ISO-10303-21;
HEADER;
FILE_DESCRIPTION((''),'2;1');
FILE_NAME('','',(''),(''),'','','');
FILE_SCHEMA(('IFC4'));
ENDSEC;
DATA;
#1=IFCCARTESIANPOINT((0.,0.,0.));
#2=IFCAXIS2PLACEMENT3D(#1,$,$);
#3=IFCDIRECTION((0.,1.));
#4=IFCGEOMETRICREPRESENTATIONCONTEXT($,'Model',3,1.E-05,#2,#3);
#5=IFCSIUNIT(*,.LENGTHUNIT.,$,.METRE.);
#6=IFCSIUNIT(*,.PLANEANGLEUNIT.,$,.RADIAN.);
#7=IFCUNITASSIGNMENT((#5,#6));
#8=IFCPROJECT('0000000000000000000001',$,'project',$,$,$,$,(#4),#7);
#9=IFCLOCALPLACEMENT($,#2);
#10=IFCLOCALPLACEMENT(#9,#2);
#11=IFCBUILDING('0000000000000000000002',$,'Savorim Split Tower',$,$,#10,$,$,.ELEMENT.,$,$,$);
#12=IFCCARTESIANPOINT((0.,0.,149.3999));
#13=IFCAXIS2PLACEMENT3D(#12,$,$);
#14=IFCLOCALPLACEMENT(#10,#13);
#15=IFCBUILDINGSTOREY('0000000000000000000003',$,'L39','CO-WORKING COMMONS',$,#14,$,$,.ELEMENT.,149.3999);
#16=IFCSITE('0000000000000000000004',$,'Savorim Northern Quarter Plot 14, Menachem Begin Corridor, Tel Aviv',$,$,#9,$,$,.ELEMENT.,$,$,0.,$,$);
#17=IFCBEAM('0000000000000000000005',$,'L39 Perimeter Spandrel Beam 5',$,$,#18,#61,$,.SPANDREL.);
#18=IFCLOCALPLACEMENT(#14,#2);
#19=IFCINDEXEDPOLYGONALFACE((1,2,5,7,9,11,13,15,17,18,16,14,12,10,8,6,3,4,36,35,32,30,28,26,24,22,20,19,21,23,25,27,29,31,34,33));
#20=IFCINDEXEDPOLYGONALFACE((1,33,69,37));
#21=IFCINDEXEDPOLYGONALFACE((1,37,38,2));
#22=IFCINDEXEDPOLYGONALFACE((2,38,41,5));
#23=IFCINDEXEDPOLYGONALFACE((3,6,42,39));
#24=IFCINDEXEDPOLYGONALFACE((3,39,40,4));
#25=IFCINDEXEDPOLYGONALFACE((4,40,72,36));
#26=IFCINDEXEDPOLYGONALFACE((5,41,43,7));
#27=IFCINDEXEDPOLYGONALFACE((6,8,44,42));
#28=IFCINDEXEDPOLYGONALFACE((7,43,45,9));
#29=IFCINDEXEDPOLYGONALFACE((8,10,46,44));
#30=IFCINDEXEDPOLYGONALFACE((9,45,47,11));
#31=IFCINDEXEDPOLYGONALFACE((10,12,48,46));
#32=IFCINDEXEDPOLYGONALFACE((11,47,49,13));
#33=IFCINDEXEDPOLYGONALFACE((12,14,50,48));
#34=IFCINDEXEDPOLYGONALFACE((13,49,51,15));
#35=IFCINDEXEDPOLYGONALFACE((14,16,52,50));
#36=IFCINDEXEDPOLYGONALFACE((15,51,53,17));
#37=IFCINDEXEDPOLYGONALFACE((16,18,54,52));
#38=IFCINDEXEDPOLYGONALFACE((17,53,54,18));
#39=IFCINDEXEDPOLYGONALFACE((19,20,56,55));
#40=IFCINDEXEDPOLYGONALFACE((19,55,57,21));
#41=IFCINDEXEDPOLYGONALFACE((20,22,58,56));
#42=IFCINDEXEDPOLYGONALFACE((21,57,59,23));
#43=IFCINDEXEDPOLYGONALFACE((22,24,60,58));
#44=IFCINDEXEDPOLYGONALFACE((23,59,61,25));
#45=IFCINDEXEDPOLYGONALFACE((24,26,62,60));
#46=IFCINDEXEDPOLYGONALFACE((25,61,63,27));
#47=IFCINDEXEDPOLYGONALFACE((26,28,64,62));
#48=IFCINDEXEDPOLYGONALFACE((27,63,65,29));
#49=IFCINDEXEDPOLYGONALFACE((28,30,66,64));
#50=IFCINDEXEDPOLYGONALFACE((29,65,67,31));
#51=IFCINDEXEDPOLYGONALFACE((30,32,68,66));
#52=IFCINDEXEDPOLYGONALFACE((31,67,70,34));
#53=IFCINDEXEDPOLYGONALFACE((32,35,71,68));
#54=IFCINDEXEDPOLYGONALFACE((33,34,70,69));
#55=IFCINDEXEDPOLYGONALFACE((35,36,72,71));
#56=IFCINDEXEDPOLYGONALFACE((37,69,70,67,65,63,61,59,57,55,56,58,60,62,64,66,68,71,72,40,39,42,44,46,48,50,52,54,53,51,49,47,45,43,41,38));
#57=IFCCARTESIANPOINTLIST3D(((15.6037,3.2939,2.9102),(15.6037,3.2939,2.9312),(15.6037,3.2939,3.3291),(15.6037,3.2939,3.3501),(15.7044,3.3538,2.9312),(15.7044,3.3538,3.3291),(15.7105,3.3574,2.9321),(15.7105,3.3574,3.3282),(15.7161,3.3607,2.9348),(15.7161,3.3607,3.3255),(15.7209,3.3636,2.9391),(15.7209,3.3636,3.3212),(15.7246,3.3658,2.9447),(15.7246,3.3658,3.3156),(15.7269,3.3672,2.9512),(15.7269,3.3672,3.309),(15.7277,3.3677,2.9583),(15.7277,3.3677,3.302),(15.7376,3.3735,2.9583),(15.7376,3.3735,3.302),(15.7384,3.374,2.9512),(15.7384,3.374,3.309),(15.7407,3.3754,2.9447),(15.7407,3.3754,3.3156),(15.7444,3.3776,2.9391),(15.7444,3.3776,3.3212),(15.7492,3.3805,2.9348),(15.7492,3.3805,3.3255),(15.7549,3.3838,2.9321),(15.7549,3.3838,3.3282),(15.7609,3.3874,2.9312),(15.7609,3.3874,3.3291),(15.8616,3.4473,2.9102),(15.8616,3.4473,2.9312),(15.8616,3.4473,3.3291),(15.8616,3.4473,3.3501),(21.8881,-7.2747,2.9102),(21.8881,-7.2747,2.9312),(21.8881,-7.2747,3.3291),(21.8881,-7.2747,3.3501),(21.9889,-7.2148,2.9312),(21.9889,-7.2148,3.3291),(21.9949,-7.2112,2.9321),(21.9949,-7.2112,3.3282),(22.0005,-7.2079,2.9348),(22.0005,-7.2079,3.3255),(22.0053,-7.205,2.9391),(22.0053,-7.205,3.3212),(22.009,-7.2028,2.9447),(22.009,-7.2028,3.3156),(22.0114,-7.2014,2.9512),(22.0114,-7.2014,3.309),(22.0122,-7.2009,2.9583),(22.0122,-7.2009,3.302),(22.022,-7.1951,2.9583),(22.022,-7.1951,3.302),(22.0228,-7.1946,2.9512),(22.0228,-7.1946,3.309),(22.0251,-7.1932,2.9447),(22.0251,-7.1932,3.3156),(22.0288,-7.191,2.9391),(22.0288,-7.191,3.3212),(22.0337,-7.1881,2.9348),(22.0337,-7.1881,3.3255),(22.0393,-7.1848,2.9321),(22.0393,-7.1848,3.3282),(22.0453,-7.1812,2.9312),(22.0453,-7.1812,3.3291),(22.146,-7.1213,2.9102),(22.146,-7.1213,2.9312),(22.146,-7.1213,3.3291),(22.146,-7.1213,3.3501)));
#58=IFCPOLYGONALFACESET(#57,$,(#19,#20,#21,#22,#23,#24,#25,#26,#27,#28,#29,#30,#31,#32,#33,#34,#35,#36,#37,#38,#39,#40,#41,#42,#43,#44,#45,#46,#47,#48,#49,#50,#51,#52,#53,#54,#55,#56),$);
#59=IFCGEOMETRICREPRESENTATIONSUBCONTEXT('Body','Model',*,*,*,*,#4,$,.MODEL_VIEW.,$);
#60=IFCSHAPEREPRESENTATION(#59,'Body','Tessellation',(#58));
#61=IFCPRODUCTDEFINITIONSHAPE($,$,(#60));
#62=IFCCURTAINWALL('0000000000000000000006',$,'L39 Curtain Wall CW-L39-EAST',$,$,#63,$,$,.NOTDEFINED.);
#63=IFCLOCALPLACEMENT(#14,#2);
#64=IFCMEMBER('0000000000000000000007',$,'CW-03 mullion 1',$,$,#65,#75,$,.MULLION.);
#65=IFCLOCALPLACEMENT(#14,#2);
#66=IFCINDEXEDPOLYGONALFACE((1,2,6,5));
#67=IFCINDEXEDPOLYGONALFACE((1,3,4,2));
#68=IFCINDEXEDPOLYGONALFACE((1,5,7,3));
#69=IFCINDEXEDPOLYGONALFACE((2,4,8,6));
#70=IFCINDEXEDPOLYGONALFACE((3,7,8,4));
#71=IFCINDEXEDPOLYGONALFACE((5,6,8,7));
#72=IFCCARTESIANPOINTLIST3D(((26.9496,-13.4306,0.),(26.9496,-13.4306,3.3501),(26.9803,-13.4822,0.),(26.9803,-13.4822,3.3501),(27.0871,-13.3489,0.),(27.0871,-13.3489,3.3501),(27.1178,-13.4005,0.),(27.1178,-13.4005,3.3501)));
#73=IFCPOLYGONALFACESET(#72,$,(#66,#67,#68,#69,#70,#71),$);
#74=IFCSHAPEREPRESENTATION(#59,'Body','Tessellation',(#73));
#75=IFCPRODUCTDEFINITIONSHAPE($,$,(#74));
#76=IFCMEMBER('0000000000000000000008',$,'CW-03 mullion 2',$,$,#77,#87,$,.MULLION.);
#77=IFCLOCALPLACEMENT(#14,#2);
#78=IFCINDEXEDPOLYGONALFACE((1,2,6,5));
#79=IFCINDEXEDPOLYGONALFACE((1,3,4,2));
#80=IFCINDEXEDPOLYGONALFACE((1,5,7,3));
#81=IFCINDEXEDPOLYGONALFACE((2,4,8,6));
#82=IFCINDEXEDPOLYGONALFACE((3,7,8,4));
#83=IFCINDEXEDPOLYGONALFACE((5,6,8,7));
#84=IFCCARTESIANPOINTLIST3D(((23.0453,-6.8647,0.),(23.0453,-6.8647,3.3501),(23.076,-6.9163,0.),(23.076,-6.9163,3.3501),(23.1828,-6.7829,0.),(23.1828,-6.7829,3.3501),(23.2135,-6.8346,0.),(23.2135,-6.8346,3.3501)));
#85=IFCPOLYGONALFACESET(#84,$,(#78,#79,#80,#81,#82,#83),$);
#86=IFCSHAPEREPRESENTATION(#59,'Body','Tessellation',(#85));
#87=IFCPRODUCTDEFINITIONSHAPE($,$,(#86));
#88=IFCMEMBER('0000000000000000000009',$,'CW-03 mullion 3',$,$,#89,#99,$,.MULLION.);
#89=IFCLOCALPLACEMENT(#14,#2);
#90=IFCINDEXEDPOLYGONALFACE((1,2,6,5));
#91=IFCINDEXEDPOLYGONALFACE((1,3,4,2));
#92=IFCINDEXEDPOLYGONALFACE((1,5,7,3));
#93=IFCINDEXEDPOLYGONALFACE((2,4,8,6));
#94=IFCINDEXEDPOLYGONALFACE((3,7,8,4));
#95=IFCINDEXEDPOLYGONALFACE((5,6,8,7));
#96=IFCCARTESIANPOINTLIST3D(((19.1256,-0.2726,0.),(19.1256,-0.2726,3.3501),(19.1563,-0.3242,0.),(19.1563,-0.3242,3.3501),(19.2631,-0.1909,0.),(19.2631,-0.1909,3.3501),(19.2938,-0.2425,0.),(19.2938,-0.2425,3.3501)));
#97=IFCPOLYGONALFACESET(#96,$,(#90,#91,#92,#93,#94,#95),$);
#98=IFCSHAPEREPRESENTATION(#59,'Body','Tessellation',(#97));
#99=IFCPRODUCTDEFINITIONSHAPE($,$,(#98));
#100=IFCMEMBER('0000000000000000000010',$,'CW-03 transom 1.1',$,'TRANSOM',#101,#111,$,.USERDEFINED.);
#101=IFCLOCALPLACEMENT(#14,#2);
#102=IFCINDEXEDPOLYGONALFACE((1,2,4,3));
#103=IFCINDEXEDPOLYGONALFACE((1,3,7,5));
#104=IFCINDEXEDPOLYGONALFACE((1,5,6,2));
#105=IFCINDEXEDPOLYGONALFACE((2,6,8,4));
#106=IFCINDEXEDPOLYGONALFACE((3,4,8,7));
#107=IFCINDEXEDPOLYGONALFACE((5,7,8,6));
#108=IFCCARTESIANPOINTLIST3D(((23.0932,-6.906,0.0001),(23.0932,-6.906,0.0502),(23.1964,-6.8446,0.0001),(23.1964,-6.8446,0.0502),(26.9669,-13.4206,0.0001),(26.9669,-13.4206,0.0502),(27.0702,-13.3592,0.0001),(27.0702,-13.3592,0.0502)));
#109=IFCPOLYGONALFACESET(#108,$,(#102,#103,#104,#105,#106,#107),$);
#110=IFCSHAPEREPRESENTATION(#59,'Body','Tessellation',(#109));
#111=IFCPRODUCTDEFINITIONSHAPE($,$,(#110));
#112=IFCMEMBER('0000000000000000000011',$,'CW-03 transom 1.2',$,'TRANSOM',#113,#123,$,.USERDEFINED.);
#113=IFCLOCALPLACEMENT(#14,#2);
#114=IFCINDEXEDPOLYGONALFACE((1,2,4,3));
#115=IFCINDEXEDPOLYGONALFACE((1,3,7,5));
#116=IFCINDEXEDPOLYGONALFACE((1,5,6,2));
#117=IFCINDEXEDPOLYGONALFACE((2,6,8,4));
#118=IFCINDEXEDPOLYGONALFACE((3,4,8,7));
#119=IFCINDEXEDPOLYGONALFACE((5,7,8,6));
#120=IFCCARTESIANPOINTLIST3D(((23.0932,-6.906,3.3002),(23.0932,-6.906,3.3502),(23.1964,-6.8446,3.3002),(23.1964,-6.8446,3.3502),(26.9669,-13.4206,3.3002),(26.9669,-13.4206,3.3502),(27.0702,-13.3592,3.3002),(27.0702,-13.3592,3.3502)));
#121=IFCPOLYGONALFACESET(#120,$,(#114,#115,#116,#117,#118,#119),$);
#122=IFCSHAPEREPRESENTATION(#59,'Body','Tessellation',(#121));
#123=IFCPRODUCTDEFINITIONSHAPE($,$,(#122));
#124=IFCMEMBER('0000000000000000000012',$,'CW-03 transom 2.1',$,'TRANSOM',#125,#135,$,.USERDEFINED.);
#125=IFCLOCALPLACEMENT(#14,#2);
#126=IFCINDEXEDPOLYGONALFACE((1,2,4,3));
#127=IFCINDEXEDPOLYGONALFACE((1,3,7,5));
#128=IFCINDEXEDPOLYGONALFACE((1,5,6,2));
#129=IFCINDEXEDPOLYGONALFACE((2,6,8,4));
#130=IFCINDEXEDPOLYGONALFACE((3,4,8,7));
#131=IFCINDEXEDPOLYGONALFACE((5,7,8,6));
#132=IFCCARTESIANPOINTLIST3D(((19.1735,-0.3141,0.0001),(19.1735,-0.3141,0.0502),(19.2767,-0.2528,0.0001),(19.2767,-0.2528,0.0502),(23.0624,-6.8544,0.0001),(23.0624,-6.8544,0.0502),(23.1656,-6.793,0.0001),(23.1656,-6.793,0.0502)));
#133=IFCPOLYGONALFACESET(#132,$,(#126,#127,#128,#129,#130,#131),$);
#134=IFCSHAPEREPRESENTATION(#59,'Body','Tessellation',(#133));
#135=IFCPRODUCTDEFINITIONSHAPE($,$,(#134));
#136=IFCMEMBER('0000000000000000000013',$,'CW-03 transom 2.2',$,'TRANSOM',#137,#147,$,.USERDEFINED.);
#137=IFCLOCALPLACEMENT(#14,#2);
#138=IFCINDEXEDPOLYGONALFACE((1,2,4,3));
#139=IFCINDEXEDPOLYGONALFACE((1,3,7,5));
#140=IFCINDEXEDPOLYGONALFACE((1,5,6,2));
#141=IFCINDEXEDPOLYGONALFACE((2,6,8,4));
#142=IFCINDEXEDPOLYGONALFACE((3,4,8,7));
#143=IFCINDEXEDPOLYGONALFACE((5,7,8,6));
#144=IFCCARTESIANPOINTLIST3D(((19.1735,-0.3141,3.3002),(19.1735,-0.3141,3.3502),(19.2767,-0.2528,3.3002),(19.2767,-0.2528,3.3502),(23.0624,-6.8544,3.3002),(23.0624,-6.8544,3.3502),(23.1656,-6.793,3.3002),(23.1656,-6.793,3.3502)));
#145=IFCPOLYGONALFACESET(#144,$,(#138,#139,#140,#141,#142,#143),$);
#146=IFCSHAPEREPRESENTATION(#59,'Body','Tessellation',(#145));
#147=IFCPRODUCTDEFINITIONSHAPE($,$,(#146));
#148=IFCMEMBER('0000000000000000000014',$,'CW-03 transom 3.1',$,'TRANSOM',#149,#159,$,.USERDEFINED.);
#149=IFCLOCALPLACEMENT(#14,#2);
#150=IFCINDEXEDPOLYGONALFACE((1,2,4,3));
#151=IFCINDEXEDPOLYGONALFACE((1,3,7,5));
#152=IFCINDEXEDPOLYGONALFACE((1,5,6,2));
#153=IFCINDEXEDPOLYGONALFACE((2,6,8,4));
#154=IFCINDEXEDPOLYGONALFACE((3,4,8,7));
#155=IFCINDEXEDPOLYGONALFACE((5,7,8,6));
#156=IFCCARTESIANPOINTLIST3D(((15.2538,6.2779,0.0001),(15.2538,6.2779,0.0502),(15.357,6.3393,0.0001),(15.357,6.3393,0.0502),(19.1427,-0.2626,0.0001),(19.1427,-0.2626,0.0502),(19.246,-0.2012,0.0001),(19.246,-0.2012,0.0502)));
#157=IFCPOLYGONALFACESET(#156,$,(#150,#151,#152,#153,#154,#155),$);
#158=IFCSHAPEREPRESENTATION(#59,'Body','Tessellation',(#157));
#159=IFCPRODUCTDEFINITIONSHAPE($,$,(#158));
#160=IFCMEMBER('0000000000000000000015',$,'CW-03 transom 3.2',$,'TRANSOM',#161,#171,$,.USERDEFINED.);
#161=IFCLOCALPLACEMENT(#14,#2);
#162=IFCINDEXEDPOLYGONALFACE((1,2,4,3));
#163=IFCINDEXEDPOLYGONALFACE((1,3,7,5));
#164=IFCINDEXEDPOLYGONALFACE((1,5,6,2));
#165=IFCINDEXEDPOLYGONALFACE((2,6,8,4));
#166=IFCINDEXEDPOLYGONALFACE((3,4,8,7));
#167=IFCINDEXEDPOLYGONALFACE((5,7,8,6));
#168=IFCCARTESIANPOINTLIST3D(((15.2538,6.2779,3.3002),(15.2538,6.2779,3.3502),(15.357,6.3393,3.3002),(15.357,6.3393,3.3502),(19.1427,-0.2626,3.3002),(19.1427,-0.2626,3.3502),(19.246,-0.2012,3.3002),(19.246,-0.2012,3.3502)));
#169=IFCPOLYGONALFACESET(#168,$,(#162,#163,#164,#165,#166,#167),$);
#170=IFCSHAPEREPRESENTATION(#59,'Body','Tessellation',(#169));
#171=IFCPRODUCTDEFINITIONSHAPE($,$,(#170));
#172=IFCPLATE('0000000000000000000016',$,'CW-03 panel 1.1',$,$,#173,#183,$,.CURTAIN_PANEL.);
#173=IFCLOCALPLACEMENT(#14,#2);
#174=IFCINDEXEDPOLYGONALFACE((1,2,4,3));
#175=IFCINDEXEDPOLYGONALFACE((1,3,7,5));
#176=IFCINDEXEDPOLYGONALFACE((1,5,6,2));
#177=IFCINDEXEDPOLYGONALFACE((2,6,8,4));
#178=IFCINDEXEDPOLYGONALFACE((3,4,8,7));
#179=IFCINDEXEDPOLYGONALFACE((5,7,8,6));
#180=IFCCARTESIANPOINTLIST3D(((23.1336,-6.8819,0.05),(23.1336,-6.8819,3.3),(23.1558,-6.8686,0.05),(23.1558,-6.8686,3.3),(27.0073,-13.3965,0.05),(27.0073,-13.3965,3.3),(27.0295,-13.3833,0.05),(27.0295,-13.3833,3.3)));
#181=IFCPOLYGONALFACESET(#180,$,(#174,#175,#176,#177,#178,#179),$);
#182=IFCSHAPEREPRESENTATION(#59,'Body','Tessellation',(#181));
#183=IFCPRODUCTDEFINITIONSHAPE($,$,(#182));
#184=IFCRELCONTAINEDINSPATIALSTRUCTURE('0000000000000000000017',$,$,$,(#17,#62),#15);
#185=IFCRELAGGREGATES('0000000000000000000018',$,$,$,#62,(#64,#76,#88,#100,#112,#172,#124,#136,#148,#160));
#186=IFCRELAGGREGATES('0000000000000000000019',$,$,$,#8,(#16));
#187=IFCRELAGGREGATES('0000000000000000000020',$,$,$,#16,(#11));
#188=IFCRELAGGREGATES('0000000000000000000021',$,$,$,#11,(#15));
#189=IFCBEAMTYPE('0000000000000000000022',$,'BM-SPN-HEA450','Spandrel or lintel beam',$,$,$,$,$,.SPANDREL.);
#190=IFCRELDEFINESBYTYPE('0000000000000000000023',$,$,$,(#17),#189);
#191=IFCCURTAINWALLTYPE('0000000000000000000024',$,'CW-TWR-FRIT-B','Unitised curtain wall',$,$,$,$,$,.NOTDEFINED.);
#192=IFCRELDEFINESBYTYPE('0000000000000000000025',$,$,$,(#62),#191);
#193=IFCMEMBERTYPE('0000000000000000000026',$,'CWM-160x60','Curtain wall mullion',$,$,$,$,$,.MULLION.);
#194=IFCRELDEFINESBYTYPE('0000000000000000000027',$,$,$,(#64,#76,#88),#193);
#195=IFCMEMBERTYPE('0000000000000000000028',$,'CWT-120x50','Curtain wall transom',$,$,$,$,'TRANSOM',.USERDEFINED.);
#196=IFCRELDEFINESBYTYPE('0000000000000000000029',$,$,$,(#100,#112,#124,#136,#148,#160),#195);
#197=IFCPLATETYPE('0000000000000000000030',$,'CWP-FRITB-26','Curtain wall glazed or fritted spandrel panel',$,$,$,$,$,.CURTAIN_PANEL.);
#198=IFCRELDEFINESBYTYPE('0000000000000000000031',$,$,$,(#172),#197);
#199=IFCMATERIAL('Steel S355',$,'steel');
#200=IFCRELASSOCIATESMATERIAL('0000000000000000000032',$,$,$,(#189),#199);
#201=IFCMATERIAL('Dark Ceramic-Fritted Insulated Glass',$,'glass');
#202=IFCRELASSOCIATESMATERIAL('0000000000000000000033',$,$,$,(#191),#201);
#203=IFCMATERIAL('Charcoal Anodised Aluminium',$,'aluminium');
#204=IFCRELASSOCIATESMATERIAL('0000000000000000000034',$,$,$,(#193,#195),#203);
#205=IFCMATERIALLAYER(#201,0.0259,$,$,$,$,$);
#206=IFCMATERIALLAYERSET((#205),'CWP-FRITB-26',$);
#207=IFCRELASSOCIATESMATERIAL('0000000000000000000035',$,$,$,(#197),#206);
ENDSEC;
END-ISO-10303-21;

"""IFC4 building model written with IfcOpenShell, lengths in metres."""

from ifc_helpers import new_model, si_unit, direction, frame, origin, origin_2d, place, context, subcontext, project, spatial, rectangle, i_section, extrude, material, layer, layer_set, material_profile, profile_set, type_object, element, aggregate, save


model = new_model("IFC4")

# Units and contexts
model_context = context("Model", 3, precision=1e-05, world=origin(), true_north=direction((0.0, 1.0)))
body_context = subcontext(model_context, "Body", "Model", "MODEL_VIEW")
ifc_project = project(units=[si_unit("LENGTHUNIT", "METRE"), si_unit("PLANEANGLEUNIT", "RADIAN")], contexts=[model_context])

# Site, building, storey
site_placement = place(None, origin())
site = spatial("IfcSite", under=ifc_project, at=site_placement, Name="Savorim Northern Quarter Plot 14, Menachem Begin Corridor, Tel Aviv", CompositionType="ELEMENT", RefElevation=0.0)
building_placement = place(site_placement, origin())
building = spatial("IfcBuilding", under=site, at=building_placement, Name="Savorim Split Tower", CompositionType="ELEMENT")
storey_placement = place(building_placement, frame((0.0, 0.0, 149.3999)))
storey = spatial("IfcBuildingStorey", under=building, at=storey_placement, Name="L39", Description="CO-WORKING COMMONS", CompositionType="ELEMENT", Elevation=149.3999)

# Beam
ifc_material_1 = material(Name="Steel S355", Category="steel")
ifc_material_profile_1 = material_profile(ifc_material_1, i_section(OverallWidth=0.3, OverallDepth=0.4399, WebThickness=0.0115, FlangeThickness=0.021, FilletRadius=0.0271, at=origin_2d()), Name="HEA 450")
ifc_profile_set_1 = profile_set([ifc_material_profile_1], Name="Steel S355")
beam_type_1 = type_object("IfcBeamType", Name="BM-SPN-HEA450", Description="Spandrel or lintel beam", PredefinedType="SPANDREL", material=ifc_profile_set_1)
beam_1_placement = place(storey_placement, frame((22.0171, -7.198, 3.1301), z_axis=(-0.511099, 0.859522, 0.0), x_axis=(-0.859522, -0.511099, 0.0)))
element("IfcBeam", 1, at=beam_1_placement, inside=storey, type_object=beam_type_1, Name="L39 Perimeter Spandrel Beam 5", PredefinedType="SPANDREL", context=body_context, shape_type="SweptSolid", body=[
    extrude(i_section(OverallWidth=0.3, OverallDepth=0.4399, WebThickness=0.0115, FlangeThickness=0.021, FilletRadius=0.0271, at=origin_2d()), origin(), (0.0, 0.0, 1.0), 12.2959),
])

# Curtain wall, members, plate
ifc_material_2 = material(Name="Dark Ceramic-Fritted Insulated Glass", Category="glass")
curtain_wall_type = type_object("IfcCurtainWallType", Name="CW-TWR-FRIT-B", Description="Unitised curtain wall", PredefinedType="NOTDEFINED", material=ifc_material_2)
curtain_wall_placement = place(storey_placement, origin())
curtain_wall = element("IfcCurtainWall", 2, at=curtain_wall_placement, inside=storey, type_object=curtain_wall_type, Name="L39 Curtain Wall CW-L39-EAST", PredefinedType="NOTDEFINED")
ifc_material_3 = material(Name="Charcoal Anodised Aluminium", Category="aluminium")
ifc_material_profile_2 = material_profile(ifc_material_3, rectangle(XDim=0.1599, YDim=0.0601, at=origin_2d()), Name="ALU-M 160x60")
ifc_profile_set_2 = profile_set([ifc_material_profile_2], Name="Charcoal Anodised Aluminium")
member_type_1 = type_object("IfcMemberType", Name="CWM-160x60", Description="Curtain wall mullion", PredefinedType="MULLION", material=ifc_profile_set_2)
member_1_placement = place(storey_placement, frame((27.0337, -13.4155, 0.0), z_axis=(0.0, 0.0, 1.0), x_axis=(-0.859526, -0.511091, 0.0)))
member_1 = element("IfcMember", 3, at=member_1_placement, type_object=member_type_1, Name="CW-03 mullion 1", PredefinedType="MULLION", context=body_context, shape_type="SweptSolid", body=[
    extrude(rectangle(XDim=0.1599, YDim=0.0601, at=origin_2d()), origin(), (0.0, 0.0, 1.0), 3.3501),
])
member_2_placement = place(storey_placement, frame((23.1294, -6.8496, 0.0), z_axis=(0.0, 0.0, 1.0), x_axis=(-0.859526, -0.511091, 0.0)))
member_2 = element("IfcMember", 4, at=member_2_placement, type_object=member_type_1, Name="CW-03 mullion 2", PredefinedType="MULLION", context=body_context, shape_type="SweptSolid", body=[
    extrude(rectangle(XDim=0.1599, YDim=0.0601, at=origin_2d()), origin(), (0.0, 0.0, 1.0), 3.3501),
])
member_3_placement = place(storey_placement, frame((19.2097, -0.2576, 0.0), z_axis=(0.0, 0.0, 1.0), x_axis=(-0.859526, -0.511091, 0.0)))
member_3 = element("IfcMember", 5, at=member_3_placement, type_object=member_type_1, Name="CW-03 mullion 3", PredefinedType="MULLION", context=body_context, shape_type="SweptSolid", body=[
    extrude(rectangle(XDim=0.1599, YDim=0.0601, at=origin_2d()), origin(), (0.0, 0.0, 1.0), 3.3501),
])
ifc_material_profile_3 = material_profile(ifc_material_3, rectangle(XDim=0.1201, YDim=0.05, at=origin_2d()), Name="ALU-T 120x50")
ifc_profile_set_3 = profile_set([ifc_material_profile_3], Name="Charcoal Anodised Aluminium")
member_type_2 = type_object("IfcMemberType", Name="CWT-120x50", Description="Curtain wall transom", ElementType="TRANSOM", PredefinedType="USERDEFINED", material=ifc_profile_set_3)
member_4_placement = place(storey_placement, frame((27.0186, -13.3899, 0.0251), z_axis=(-0.511095, 0.859524, 0.0), x_axis=(-0.859524, -0.511095, 0.0)))
member_4 = element("IfcMember", 6, at=member_4_placement, type_object=member_type_2, Name="CW-03 transom 1.1", ObjectType="TRANSOM", PredefinedType="USERDEFINED", context=body_context, shape_type="SweptSolid", body=[
    extrude(rectangle(XDim=0.1201, YDim=0.05, at=origin_2d()), origin(), (0.0, 0.0, 1.0), 7.5793),
])
member_5_placement = place(storey_placement, frame((27.0186, -13.3899, 3.3252), z_axis=(-0.511095, 0.859524, 0.0), x_axis=(-0.859524, -0.511095, 0.0)))
member_5 = element("IfcMember", 7, at=member_5_placement, type_object=member_type_2, Name="CW-03 transom 1.2", ObjectType="TRANSOM", PredefinedType="USERDEFINED", context=body_context, shape_type="SweptSolid", body=[
    extrude(rectangle(XDim=0.1201, YDim=0.05, at=origin_2d()), origin(), (0.0, 0.0, 1.0), 7.5793),
])
member_6_placement = place(storey_placement, frame((23.114, -6.8237, 0.0251), z_axis=(-0.511085, 0.85953, 0.0), x_axis=(-0.85953, -0.511085, 0.0)))
member_6 = element("IfcMember", 8, at=member_6_placement, type_object=member_type_2, Name="CW-03 transom 2.1", ObjectType="TRANSOM", PredefinedType="USERDEFINED", context=body_context, shape_type="SweptSolid", body=[
    extrude(rectangle(XDim=0.1201, YDim=0.05, at=origin_2d()), origin(), (0.0, 0.0, 1.0), 7.6091),
])
member_7_placement = place(storey_placement, frame((23.114, -6.8237, 3.3252), z_axis=(-0.511085, 0.85953, 0.0), x_axis=(-0.85953, -0.511085, 0.0)))
member_7 = element("IfcMember", 9, at=member_7_placement, type_object=member_type_2, Name="CW-03 transom 2.2", ObjectType="TRANSOM", PredefinedType="USERDEFINED", context=body_context, shape_type="SweptSolid", body=[
    extrude(rectangle(XDim=0.1201, YDim=0.05, at=origin_2d()), origin(), (0.0, 0.0, 1.0), 7.6091),
])
member_8_placement = place(storey_placement, frame((19.1943, -0.2319, 0.0251), z_axis=(-0.511071, 0.859539, 0.0), x_axis=(-0.859539, -0.511071, 0.0)))
member_8 = element("IfcMember", 10, at=member_8_placement, type_object=member_type_2, Name="CW-03 transom 3.1", ObjectType="TRANSOM", PredefinedType="USERDEFINED", context=body_context, shape_type="SweptSolid", body=[
    extrude(rectangle(XDim=0.1201, YDim=0.05, at=origin_2d()), origin(), (0.0, 0.0, 1.0), 7.6094),
])
member_9_placement = place(storey_placement, frame((19.1943, -0.2319, 3.3252), z_axis=(-0.511071, 0.859539, 0.0), x_axis=(-0.859539, -0.511071, 0.0)))
member_9 = element("IfcMember", 11, at=member_9_placement, type_object=member_type_2, Name="CW-03 transom 3.2", ObjectType="TRANSOM", PredefinedType="USERDEFINED", context=body_context, shape_type="SweptSolid", body=[
    extrude(rectangle(XDim=0.1201, YDim=0.05, at=origin_2d()), origin(), (0.0, 0.0, 1.0), 7.6094),
])
ifc_layer_1 = layer(ifc_material_2, 0.0259)
ifc_layer_set_1 = layer_set([ifc_layer_1], Name="CWP-FRITB-26")
plate_type = type_object("IfcPlateType", Name="CWP-FRITB-26", Description="Curtain wall glazed or fritted spandrel panel", PredefinedType="CURTAIN_PANEL", material=ifc_layer_set_1)
plate_1_placement = place(storey_placement, frame((25.0815, -10.1326, 0.05), z_axis=(0.0, 0.0, 1.0), x_axis=(-0.511091, 0.859526, 0.0)))
plate_1 = element("IfcPlate", 12, at=plate_1_placement, type_object=plate_type, Name="CW-03 panel 1.1", PredefinedType="CURTAIN_PANEL", context=body_context, shape_type="SweptSolid", body=[
    extrude(rectangle(XDim=7.5793, YDim=0.0259, at=origin_2d()), origin(), (0.0, 0.0, 1.0), 3.25),
])
aggregate(curtain_wall, [member_1, member_2, member_3, member_4, member_5, plate_1, member_6, member_7, member_8, member_9])

save(model, "model.ifc")
